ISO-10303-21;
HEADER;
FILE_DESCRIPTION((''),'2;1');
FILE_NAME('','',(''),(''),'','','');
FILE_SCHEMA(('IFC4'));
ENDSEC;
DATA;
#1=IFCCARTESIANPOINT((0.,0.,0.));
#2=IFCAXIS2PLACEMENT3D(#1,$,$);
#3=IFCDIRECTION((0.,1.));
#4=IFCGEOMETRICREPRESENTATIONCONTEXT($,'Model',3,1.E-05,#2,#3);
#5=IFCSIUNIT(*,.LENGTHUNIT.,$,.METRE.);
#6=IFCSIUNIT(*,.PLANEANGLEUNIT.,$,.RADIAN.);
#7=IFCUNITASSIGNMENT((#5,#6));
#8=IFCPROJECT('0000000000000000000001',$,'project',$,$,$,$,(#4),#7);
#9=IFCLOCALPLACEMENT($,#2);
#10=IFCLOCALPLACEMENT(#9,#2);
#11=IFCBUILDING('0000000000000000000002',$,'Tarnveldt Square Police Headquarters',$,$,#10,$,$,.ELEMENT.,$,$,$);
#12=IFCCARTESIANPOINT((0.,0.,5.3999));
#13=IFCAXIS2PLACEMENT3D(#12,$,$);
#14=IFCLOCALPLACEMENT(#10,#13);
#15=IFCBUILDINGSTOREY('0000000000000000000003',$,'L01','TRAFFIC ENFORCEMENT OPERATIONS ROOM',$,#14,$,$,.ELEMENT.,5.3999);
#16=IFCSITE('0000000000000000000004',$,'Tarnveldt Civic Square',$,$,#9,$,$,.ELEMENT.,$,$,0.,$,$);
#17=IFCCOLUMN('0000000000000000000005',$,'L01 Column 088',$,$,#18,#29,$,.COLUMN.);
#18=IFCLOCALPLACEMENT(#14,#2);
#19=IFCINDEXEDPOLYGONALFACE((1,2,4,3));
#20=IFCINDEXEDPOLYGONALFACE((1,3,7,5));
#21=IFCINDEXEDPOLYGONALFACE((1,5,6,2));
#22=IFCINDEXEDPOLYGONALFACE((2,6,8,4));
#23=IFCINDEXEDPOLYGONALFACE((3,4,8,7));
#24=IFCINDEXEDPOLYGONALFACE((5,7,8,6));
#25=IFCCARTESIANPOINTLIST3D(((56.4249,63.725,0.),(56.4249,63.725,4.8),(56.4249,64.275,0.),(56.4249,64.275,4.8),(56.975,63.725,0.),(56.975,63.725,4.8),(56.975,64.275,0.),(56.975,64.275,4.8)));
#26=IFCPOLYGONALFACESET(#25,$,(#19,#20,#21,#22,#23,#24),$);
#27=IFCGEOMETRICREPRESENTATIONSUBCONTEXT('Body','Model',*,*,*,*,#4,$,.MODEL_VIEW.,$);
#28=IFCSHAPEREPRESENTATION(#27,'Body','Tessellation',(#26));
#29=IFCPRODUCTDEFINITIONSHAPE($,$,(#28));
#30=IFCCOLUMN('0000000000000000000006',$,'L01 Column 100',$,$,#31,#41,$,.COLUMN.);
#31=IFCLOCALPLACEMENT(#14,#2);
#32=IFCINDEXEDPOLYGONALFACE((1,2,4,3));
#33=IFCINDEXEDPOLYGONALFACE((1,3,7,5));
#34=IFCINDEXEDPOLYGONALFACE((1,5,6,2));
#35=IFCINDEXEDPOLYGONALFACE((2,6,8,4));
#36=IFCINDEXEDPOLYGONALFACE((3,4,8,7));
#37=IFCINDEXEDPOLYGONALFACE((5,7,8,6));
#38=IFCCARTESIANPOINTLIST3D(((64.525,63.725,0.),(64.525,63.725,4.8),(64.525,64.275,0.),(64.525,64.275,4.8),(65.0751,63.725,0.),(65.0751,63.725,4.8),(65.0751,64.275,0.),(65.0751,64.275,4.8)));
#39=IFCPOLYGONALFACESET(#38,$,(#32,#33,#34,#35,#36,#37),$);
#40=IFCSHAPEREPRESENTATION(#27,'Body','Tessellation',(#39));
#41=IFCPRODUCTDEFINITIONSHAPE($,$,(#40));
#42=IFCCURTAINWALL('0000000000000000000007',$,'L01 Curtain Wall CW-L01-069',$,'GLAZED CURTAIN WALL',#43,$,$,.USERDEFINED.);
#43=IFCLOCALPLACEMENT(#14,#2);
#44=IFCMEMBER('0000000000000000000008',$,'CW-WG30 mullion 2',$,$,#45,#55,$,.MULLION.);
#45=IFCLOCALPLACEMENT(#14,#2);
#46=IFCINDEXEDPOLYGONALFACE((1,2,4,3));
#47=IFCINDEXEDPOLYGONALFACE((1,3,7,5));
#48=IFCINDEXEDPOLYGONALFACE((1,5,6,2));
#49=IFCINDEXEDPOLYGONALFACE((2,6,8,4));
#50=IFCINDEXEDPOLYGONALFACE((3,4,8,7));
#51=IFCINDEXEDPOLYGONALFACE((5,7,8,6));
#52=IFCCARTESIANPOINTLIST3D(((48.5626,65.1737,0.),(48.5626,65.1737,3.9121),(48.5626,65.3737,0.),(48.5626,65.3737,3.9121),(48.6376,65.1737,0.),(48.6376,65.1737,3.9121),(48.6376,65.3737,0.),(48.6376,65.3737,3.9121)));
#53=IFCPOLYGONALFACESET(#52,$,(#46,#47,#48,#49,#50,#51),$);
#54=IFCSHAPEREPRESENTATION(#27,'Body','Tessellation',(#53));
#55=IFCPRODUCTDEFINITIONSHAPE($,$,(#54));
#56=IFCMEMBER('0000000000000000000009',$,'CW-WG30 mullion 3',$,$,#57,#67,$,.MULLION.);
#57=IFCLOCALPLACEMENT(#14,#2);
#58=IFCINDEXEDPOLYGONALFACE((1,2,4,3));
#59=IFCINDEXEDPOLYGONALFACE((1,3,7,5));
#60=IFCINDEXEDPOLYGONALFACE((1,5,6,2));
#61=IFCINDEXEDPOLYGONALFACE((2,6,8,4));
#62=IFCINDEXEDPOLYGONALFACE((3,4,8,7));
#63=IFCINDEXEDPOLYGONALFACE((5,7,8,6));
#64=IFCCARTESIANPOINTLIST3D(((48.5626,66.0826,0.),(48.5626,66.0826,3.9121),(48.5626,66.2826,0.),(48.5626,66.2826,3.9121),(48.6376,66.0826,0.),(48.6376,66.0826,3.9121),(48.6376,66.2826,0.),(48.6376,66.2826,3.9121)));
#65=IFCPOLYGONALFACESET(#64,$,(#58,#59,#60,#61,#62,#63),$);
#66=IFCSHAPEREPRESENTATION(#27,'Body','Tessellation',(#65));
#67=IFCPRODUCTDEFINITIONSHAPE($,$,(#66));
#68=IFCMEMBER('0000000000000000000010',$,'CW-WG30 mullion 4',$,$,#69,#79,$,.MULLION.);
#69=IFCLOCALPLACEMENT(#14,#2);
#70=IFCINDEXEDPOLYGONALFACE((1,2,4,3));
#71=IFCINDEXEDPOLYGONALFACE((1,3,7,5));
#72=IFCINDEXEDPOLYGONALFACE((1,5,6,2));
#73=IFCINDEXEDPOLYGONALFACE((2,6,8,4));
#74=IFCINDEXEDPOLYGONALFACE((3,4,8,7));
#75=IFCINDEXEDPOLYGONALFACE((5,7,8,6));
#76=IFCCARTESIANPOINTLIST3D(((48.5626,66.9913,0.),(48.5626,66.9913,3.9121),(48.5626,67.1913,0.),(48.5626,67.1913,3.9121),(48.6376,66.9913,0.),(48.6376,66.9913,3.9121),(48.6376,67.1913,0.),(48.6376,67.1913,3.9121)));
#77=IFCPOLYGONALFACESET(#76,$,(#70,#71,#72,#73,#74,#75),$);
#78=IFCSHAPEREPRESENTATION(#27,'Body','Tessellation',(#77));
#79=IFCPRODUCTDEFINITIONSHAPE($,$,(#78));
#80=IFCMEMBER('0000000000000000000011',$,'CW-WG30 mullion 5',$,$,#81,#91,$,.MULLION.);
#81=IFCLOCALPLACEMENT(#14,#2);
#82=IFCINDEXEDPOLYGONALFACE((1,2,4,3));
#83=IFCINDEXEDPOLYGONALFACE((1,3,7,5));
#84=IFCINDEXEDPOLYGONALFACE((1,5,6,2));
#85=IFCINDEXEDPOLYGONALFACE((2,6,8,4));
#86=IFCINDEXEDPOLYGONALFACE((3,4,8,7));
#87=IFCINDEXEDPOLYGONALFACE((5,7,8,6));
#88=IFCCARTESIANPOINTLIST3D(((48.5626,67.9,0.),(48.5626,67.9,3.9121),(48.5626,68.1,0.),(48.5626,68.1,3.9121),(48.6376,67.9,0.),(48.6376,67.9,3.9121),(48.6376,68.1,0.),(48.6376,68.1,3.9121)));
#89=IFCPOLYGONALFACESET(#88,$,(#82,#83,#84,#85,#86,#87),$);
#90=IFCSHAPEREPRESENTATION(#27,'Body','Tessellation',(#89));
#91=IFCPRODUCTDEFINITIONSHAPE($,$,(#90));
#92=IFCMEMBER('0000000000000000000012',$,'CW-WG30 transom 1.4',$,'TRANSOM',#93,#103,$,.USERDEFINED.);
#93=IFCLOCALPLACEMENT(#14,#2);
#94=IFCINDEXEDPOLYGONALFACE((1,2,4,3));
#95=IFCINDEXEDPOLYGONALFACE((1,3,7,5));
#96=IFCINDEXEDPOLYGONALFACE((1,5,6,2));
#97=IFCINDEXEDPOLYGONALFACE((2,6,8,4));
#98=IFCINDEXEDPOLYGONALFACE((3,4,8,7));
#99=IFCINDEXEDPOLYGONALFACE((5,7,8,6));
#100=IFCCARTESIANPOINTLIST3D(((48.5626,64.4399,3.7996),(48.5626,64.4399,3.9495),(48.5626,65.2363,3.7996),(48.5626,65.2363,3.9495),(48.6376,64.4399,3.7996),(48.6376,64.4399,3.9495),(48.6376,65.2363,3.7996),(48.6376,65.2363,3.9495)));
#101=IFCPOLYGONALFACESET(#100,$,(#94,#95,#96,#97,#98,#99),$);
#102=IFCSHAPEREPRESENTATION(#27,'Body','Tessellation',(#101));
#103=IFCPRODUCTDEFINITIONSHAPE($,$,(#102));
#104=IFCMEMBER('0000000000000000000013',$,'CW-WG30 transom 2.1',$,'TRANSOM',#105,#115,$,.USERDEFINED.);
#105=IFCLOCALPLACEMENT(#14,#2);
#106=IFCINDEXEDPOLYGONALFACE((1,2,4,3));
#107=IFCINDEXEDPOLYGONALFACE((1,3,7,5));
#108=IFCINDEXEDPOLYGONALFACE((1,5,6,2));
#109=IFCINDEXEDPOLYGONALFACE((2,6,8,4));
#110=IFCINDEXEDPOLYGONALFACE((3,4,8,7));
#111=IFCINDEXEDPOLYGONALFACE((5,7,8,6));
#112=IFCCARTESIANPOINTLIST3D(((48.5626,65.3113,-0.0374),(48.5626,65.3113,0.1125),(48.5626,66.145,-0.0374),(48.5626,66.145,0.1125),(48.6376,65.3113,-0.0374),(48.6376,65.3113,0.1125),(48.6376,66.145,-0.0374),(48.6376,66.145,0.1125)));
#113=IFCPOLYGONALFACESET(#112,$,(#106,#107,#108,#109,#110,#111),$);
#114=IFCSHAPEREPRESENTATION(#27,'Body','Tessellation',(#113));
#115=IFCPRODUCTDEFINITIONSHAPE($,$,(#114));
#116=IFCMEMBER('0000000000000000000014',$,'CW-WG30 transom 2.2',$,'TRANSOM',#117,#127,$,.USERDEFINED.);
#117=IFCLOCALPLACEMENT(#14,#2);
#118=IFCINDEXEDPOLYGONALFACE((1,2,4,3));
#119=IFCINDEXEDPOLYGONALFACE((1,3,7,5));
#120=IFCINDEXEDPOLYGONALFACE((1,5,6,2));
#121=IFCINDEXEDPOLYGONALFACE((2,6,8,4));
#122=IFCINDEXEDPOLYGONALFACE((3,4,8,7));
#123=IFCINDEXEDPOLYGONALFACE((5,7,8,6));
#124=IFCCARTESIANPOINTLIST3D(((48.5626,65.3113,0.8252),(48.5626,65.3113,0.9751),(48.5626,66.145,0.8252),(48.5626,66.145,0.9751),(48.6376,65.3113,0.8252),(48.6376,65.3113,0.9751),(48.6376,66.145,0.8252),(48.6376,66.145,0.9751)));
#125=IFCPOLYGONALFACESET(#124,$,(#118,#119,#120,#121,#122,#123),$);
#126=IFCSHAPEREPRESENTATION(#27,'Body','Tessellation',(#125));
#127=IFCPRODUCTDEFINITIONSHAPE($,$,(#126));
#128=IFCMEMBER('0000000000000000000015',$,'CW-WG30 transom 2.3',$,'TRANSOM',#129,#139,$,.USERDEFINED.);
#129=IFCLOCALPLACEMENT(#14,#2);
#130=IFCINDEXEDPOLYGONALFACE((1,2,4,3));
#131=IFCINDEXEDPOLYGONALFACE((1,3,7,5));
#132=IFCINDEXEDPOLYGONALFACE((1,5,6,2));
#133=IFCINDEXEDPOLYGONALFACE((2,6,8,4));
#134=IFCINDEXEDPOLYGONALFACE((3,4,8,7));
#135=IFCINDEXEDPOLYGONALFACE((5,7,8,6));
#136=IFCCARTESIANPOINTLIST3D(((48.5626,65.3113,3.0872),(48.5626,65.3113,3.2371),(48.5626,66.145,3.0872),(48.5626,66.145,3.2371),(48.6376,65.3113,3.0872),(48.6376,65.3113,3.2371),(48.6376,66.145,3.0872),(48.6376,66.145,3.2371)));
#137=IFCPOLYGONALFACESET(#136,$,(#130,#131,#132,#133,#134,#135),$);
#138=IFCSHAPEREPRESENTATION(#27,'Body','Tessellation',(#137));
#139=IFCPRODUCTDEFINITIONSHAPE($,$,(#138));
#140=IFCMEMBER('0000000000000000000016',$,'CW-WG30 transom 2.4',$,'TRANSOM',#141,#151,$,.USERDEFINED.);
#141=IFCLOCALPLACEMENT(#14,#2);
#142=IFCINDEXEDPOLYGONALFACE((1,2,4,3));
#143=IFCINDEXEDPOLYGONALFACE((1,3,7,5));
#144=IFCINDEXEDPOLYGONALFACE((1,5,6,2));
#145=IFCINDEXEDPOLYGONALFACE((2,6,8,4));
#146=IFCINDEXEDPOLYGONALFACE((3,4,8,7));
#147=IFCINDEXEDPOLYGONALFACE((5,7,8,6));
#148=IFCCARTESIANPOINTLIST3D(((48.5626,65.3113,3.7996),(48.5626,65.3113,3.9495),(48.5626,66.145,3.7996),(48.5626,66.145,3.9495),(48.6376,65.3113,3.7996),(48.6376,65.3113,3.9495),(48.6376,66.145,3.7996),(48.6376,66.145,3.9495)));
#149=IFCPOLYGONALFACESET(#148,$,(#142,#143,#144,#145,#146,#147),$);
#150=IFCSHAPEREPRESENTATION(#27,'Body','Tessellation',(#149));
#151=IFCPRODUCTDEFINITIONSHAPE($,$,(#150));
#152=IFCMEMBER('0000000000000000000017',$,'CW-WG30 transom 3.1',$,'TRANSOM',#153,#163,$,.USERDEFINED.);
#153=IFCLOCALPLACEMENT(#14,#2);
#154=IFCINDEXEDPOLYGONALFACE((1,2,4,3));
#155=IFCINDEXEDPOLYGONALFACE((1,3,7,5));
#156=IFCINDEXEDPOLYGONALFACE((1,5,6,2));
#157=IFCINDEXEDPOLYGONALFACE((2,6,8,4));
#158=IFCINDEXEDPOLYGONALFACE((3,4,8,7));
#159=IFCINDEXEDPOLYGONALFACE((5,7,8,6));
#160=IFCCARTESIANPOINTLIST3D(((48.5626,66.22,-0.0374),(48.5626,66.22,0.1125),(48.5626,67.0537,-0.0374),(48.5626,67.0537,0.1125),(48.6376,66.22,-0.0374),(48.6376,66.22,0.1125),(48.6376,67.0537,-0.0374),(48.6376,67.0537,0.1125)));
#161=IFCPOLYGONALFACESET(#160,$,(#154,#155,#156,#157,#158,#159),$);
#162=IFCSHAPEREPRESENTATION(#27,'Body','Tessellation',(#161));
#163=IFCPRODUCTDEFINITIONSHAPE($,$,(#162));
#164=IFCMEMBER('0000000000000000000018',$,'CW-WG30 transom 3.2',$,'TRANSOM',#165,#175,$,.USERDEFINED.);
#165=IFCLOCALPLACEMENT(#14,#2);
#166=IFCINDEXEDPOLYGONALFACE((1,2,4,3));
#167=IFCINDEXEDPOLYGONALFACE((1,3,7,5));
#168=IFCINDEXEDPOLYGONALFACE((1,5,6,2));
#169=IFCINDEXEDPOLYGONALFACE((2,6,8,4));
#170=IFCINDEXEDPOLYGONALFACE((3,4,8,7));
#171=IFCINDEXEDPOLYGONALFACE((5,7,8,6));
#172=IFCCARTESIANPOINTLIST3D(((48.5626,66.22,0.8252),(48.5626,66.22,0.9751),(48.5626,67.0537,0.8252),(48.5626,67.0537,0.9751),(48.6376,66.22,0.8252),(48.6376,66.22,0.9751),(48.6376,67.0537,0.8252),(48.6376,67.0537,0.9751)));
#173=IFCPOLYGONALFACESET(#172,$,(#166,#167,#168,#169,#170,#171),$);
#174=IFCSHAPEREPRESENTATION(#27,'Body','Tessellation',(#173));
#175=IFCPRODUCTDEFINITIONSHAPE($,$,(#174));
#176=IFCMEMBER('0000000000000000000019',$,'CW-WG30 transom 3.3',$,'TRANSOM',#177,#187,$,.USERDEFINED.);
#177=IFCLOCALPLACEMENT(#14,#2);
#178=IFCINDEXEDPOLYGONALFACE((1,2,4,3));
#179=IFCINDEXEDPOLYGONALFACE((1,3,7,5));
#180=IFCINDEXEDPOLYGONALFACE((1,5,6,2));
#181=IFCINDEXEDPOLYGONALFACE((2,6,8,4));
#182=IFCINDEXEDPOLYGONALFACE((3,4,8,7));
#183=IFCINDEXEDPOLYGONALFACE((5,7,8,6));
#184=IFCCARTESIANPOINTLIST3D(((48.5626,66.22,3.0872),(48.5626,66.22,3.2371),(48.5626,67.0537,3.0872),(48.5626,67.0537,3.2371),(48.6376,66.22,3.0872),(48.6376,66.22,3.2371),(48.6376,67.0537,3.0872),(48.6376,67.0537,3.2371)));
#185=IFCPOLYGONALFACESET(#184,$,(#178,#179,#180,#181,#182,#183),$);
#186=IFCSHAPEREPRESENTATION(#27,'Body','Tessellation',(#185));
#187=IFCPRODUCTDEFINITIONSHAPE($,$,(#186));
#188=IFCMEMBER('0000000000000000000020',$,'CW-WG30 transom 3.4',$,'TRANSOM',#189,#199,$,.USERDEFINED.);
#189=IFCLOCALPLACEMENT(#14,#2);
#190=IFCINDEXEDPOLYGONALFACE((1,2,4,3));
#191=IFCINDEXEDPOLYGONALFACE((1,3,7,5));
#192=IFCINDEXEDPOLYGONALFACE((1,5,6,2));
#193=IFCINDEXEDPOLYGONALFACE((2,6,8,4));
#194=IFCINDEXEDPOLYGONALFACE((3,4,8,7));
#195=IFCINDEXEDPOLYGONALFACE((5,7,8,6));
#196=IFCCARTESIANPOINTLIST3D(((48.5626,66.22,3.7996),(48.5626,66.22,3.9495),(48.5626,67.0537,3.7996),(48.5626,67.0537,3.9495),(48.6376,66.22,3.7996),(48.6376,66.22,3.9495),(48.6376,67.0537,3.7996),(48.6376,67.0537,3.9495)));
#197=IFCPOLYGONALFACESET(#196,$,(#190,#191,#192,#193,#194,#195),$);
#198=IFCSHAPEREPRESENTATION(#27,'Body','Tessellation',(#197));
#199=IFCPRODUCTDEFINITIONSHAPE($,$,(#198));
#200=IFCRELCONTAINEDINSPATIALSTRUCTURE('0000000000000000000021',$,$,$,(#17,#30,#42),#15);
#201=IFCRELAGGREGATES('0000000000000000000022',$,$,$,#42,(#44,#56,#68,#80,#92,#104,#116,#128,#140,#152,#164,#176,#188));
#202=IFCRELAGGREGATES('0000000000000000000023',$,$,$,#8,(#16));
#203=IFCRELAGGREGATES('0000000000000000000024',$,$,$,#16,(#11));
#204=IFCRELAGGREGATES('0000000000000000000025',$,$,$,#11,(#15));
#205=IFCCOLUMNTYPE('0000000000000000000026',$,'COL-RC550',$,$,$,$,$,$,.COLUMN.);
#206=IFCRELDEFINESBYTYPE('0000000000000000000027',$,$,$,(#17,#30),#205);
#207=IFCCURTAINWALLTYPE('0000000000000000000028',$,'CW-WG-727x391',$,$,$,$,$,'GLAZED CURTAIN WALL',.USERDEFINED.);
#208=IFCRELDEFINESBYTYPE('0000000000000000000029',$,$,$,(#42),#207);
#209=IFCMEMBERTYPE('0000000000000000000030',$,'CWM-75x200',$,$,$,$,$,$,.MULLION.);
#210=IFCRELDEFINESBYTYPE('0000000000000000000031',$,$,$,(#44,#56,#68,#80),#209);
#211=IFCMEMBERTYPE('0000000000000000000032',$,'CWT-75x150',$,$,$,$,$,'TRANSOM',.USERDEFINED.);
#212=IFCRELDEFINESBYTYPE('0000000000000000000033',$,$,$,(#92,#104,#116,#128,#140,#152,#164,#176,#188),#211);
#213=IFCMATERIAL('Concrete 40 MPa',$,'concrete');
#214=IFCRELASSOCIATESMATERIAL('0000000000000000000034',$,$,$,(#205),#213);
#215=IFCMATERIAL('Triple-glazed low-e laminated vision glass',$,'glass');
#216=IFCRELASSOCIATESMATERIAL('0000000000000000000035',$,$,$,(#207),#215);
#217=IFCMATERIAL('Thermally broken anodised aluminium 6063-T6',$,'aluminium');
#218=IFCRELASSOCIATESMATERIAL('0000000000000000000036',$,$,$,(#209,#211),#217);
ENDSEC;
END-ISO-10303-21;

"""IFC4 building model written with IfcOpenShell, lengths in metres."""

from ifc_helpers import new_model, si_unit, direction, frame, origin, origin_2d, place, context, subcontext, project, spatial, rectangle, extrude, material, material_profile, profile_set, type_object, element, aggregate, save


model = new_model("IFC4")

# Units and contexts
model_context = context("Model", 3, precision=1e-05, world=origin(), true_north=direction((0.0, 1.0)))
body_context = subcontext(model_context, "Body", "Model", "MODEL_VIEW")
ifc_project = project(units=[si_unit("LENGTHUNIT", "METRE"), si_unit("PLANEANGLEUNIT", "RADIAN")], contexts=[model_context])

# Site, building, storey
site_placement = place(None, origin())
site = spatial("IfcSite", under=ifc_project, at=site_placement, Name="Tarnveldt Civic Square", CompositionType="ELEMENT", RefElevation=0.0)
building_placement = place(site_placement, origin())
building = spatial("IfcBuilding", under=site, at=building_placement, Name="Tarnveldt Square Police Headquarters", CompositionType="ELEMENT")
storey_placement = place(building_placement, frame((0.0, 0.0, 5.3999)))
storey = spatial("IfcBuildingStorey", under=building, at=storey_placement, Name="L01", Description="TRAFFIC ENFORCEMENT OPERATIONS ROOM", CompositionType="ELEMENT", Elevation=5.3999)

# Columns
ifc_material_1 = material(Name="Concrete 40 MPa", Category="concrete")
ifc_material_profile_1 = material_profile(ifc_material_1, rectangle(XDim=0.55, YDim=0.55, at=origin_2d()), Name="RC-C550x550")
ifc_profile_set_1 = profile_set([ifc_material_profile_1], Name="Concrete 40 MPa")
column_type = type_object("IfcColumnType", Name="COL-RC550", PredefinedType="COLUMN", material=ifc_profile_set_1)
for number, where, z_axis, x_axis, name in (
    (1, (56.7, 64.0, 0.0), (0.0, 0.0, 1.0), (1.0, 0.0, 0.0), "L01 Column 088"),
    (2, (64.8, 64.0, 0.0), (0.0, 0.0, 1.0), (1.0, 0.0, 0.0), "L01 Column 100"),
):
    element("IfcColumn", number, at=place(storey_placement, frame(where, z_axis=z_axis, x_axis=x_axis)), inside=storey, type_object=column_type, Name=name, PredefinedType="COLUMN", context=body_context, shape_type="SweptSolid", body=[
        extrude(rectangle(XDim=0.55, YDim=0.55, at=origin_2d()), origin(), (0.0, 0.0, 1.0), 4.8),
    ])

# Curtain wall, members
ifc_material_2 = material(Name="Triple-glazed low-e laminated vision glass", Category="glass")
curtain_wall_type = type_object("IfcCurtainWallType", Name="CW-WG-727x391", ElementType="GLAZED CURTAIN WALL", PredefinedType="USERDEFINED", material=ifc_material_2)
curtain_wall_placement = place(storey_placement, origin())
curtain_wall = element("IfcCurtainWall", 3, at=curtain_wall_placement, inside=storey, type_object=curtain_wall_type, Name="L01 Curtain Wall CW-L01-069", ObjectType="GLAZED CURTAIN WALL", PredefinedType="USERDEFINED")
ifc_material_3 = material(Name="Thermally broken anodised aluminium 6063-T6", Category="aluminium")
ifc_material_profile_2 = material_profile(ifc_material_3, rectangle(XDim=0.075, YDim=0.2, at=origin_2d()), Name="CW-M75x200")
ifc_profile_set_2 = profile_set([ifc_material_profile_2], Name="Thermally broken anodised aluminium 6063-T6")
member_type_1 = type_object("IfcMemberType", Name="CWM-75x200", PredefinedType="MULLION", material=ifc_profile_set_2)
member_1_placement = place(storey_placement, frame((48.6001, 65.2737, 0.0), z_axis=(0.0, 0.0, 1.0), x_axis=(-1.0, 0.0, 0.0)))
member_1 = element("IfcMember", 4, at=member_1_placement, type_object=member_type_1, Name="CW-WG30 mullion 2", PredefinedType="MULLION", context=body_context, shape_type="SweptSolid", body=[
    extrude(rectangle(XDim=0.075, YDim=0.2, at=origin_2d()), origin(), (0.0, 0.0, 1.0), 3.9121),
])
member_2_placement = place(storey_placement, frame((48.6001, 66.1826, 0.0), z_axis=(0.0, 0.0, 1.0), x_axis=(-1.0, 0.0, 0.0)))
member_2 = element("IfcMember", 5, at=member_2_placement, type_object=member_type_1, Name="CW-WG30 mullion 3", PredefinedType="MULLION", context=body_context, shape_type="SweptSolid", body=[
    extrude(rectangle(XDim=0.075, YDim=0.2, at=origin_2d()), origin(), (0.0, 0.0, 1.0), 3.9121),
])
member_3_placement = place(storey_placement, frame((48.6001, 67.0913, 0.0), z_axis=(0.0, 0.0, 1.0), x_axis=(-1.0, 0.0, 0.0)))
member_3 = element("IfcMember", 6, at=member_3_placement, type_object=member_type_1, Name="CW-WG30 mullion 4", PredefinedType="MULLION", context=body_context, shape_type="SweptSolid", body=[
    extrude(rectangle(XDim=0.075, YDim=0.2, at=origin_2d()), origin(), (0.0, 0.0, 1.0), 3.9121),
])
member_4_placement = place(storey_placement, frame((48.6001, 68.0, 0.0), z_axis=(0.0, 0.0, 1.0), x_axis=(-1.0, 0.0, 0.0)))
member_4 = element("IfcMember", 7, at=member_4_placement, type_object=member_type_1, Name="CW-WG30 mullion 5", PredefinedType="MULLION", context=body_context, shape_type="SweptSolid", body=[
    extrude(rectangle(XDim=0.075, YDim=0.2, at=origin_2d()), origin(), (0.0, 0.0, 1.0), 3.9121),
])
ifc_material_profile_3 = material_profile(ifc_material_3, rectangle(XDim=0.075, YDim=0.1499, at=origin_2d()), Name="CW-T75x150")
ifc_profile_set_3 = profile_set([ifc_material_profile_3], Name="Thermally broken anodised aluminium 6063-T6")
member_type_2 = type_object("IfcMemberType", Name="CWT-75x150", ElementType="TRANSOM", PredefinedType="USERDEFINED", material=ifc_profile_set_3)
member_5_placement = place(storey_placement, frame((48.6001, 64.4399, 3.8745), z_axis=(0.0, 1.0, 0.0), x_axis=(-1.0, 0.0, 0.0)))
member_5 = element("IfcMember", 8, at=member_5_placement, type_object=member_type_2, Name="CW-WG30 transom 1.4", ObjectType="TRANSOM", PredefinedType="USERDEFINED", context=body_context, shape_type="SweptSolid", body=[
    extrude(rectangle(XDim=0.075, YDim=0.1499, at=origin_2d()), origin(), (0.0, 0.0, 1.0), 0.7964),
])
member_6_placement = place(storey_placement, frame((48.6001, 65.3113, 0.0376), z_axis=(0.0, 1.0, 0.0), x_axis=(-1.0, 0.0, 0.0)))
member_6 = element("IfcMember", 9, at=member_6_placement, type_object=member_type_2, Name="CW-WG30 transom 2.1", ObjectType="TRANSOM", PredefinedType="USERDEFINED", context=body_context, shape_type="SweptSolid", body=[
    extrude(rectangle(XDim=0.075, YDim=0.1499, at=origin_2d()), origin(), (0.0, 0.0, 1.0), 0.8337),
])
member_7_placement = place(storey_placement, frame((48.6001, 65.3113, 0.9001), z_axis=(0.0, 1.0, 0.0), x_axis=(-1.0, 0.0, 0.0)))
member_7 = element("IfcMember", 10, at=member_7_placement, type_object=member_type_2, Name="CW-WG30 transom 2.2", ObjectType="TRANSOM", PredefinedType="USERDEFINED", context=body_context, shape_type="SweptSolid", body=[
    extrude(rectangle(XDim=0.075, YDim=0.1499, at=origin_2d()), origin(), (0.0, 0.0, 1.0), 0.8337),
])
member_8_placement = place(storey_placement, frame((48.6001, 65.3113, 3.1621), z_axis=(0.0, 1.0, 0.0), x_axis=(-1.0, 0.0, 0.0)))
member_8 = element("IfcMember", 11, at=member_8_placement, type_object=member_type_2, Name="CW-WG30 transom 2.3", ObjectType="TRANSOM", PredefinedType="USERDEFINED", context=body_context, shape_type="SweptSolid", body=[
    extrude(rectangle(XDim=0.075, YDim=0.1499, at=origin_2d()), origin(), (0.0, 0.0, 1.0), 0.8337),
])
member_9_placement = place(storey_placement, frame((48.6001, 65.3113, 3.8745), z_axis=(0.0, 1.0, 0.0), x_axis=(-1.0, 0.0, 0.0)))
member_9 = element("IfcMember", 12, at=member_9_placement, type_object=member_type_2, Name="CW-WG30 transom 2.4", ObjectType="TRANSOM", PredefinedType="USERDEFINED", context=body_context, shape_type="SweptSolid", body=[
    extrude(rectangle(XDim=0.075, YDim=0.1499, at=origin_2d()), origin(), (0.0, 0.0, 1.0), 0.8337),
])
member_10_placement = place(storey_placement, frame((48.6001, 66.22, 0.0376), z_axis=(0.0, 1.0, 0.0), x_axis=(-1.0, 0.0, 0.0)))
member_10 = element("IfcMember", 13, at=member_10_placement, type_object=member_type_2, Name="CW-WG30 transom 3.1", ObjectType="TRANSOM", PredefinedType="USERDEFINED", context=body_context, shape_type="SweptSolid", body=[
    extrude(rectangle(XDim=0.075, YDim=0.1499, at=origin_2d()), origin(), (0.0, 0.0, 1.0), 0.8337),
])
member_11_placement = place(storey_placement, frame((48.6001, 66.22, 0.9001), z_axis=(0.0, 1.0, 0.0), x_axis=(-1.0, 0.0, 0.0)))
member_11 = element("IfcMember", 14, at=member_11_placement, type_object=member_type_2, Name="CW-WG30 transom 3.2", ObjectType="TRANSOM", PredefinedType="USERDEFINED", context=body_context, shape_type="SweptSolid", body=[
    extrude(rectangle(XDim=0.075, YDim=0.1499, at=origin_2d()), origin(), (0.0, 0.0, 1.0), 0.8337),
])
member_12_placement = place(storey_placement, frame((48.6001, 66.22, 3.1621), z_axis=(0.0, 1.0, 0.0), x_axis=(-1.0, 0.0, 0.0)))
member_12 = element("IfcMember", 15, at=member_12_placement, type_object=member_type_2, Name="CW-WG30 transom 3.3", ObjectType="TRANSOM", PredefinedType="USERDEFINED", context=body_context, shape_type="SweptSolid", body=[
    extrude(rectangle(XDim=0.075, YDim=0.1499, at=origin_2d()), origin(), (0.0, 0.0, 1.0), 0.8337),
])
member_13_placement = place(storey_placement, frame((48.6001, 66.22, 3.8745), z_axis=(0.0, 1.0, 0.0), x_axis=(-1.0, 0.0, 0.0)))
member_13 = element("IfcMember", 16, at=member_13_placement, type_object=member_type_2, Name="CW-WG30 transom 3.4", ObjectType="TRANSOM", PredefinedType="USERDEFINED", context=body_context, shape_type="SweptSolid", body=[
    extrude(rectangle(XDim=0.075, YDim=0.1499, at=origin_2d()), origin(), (0.0, 0.0, 1.0), 0.8337),
])
aggregate(curtain_wall, [member_1, member_2, member_3, member_4, member_5, member_6, member_7, member_8, member_9, member_10, member_11, member_12, member_13])

save(model, "model.ifc")
